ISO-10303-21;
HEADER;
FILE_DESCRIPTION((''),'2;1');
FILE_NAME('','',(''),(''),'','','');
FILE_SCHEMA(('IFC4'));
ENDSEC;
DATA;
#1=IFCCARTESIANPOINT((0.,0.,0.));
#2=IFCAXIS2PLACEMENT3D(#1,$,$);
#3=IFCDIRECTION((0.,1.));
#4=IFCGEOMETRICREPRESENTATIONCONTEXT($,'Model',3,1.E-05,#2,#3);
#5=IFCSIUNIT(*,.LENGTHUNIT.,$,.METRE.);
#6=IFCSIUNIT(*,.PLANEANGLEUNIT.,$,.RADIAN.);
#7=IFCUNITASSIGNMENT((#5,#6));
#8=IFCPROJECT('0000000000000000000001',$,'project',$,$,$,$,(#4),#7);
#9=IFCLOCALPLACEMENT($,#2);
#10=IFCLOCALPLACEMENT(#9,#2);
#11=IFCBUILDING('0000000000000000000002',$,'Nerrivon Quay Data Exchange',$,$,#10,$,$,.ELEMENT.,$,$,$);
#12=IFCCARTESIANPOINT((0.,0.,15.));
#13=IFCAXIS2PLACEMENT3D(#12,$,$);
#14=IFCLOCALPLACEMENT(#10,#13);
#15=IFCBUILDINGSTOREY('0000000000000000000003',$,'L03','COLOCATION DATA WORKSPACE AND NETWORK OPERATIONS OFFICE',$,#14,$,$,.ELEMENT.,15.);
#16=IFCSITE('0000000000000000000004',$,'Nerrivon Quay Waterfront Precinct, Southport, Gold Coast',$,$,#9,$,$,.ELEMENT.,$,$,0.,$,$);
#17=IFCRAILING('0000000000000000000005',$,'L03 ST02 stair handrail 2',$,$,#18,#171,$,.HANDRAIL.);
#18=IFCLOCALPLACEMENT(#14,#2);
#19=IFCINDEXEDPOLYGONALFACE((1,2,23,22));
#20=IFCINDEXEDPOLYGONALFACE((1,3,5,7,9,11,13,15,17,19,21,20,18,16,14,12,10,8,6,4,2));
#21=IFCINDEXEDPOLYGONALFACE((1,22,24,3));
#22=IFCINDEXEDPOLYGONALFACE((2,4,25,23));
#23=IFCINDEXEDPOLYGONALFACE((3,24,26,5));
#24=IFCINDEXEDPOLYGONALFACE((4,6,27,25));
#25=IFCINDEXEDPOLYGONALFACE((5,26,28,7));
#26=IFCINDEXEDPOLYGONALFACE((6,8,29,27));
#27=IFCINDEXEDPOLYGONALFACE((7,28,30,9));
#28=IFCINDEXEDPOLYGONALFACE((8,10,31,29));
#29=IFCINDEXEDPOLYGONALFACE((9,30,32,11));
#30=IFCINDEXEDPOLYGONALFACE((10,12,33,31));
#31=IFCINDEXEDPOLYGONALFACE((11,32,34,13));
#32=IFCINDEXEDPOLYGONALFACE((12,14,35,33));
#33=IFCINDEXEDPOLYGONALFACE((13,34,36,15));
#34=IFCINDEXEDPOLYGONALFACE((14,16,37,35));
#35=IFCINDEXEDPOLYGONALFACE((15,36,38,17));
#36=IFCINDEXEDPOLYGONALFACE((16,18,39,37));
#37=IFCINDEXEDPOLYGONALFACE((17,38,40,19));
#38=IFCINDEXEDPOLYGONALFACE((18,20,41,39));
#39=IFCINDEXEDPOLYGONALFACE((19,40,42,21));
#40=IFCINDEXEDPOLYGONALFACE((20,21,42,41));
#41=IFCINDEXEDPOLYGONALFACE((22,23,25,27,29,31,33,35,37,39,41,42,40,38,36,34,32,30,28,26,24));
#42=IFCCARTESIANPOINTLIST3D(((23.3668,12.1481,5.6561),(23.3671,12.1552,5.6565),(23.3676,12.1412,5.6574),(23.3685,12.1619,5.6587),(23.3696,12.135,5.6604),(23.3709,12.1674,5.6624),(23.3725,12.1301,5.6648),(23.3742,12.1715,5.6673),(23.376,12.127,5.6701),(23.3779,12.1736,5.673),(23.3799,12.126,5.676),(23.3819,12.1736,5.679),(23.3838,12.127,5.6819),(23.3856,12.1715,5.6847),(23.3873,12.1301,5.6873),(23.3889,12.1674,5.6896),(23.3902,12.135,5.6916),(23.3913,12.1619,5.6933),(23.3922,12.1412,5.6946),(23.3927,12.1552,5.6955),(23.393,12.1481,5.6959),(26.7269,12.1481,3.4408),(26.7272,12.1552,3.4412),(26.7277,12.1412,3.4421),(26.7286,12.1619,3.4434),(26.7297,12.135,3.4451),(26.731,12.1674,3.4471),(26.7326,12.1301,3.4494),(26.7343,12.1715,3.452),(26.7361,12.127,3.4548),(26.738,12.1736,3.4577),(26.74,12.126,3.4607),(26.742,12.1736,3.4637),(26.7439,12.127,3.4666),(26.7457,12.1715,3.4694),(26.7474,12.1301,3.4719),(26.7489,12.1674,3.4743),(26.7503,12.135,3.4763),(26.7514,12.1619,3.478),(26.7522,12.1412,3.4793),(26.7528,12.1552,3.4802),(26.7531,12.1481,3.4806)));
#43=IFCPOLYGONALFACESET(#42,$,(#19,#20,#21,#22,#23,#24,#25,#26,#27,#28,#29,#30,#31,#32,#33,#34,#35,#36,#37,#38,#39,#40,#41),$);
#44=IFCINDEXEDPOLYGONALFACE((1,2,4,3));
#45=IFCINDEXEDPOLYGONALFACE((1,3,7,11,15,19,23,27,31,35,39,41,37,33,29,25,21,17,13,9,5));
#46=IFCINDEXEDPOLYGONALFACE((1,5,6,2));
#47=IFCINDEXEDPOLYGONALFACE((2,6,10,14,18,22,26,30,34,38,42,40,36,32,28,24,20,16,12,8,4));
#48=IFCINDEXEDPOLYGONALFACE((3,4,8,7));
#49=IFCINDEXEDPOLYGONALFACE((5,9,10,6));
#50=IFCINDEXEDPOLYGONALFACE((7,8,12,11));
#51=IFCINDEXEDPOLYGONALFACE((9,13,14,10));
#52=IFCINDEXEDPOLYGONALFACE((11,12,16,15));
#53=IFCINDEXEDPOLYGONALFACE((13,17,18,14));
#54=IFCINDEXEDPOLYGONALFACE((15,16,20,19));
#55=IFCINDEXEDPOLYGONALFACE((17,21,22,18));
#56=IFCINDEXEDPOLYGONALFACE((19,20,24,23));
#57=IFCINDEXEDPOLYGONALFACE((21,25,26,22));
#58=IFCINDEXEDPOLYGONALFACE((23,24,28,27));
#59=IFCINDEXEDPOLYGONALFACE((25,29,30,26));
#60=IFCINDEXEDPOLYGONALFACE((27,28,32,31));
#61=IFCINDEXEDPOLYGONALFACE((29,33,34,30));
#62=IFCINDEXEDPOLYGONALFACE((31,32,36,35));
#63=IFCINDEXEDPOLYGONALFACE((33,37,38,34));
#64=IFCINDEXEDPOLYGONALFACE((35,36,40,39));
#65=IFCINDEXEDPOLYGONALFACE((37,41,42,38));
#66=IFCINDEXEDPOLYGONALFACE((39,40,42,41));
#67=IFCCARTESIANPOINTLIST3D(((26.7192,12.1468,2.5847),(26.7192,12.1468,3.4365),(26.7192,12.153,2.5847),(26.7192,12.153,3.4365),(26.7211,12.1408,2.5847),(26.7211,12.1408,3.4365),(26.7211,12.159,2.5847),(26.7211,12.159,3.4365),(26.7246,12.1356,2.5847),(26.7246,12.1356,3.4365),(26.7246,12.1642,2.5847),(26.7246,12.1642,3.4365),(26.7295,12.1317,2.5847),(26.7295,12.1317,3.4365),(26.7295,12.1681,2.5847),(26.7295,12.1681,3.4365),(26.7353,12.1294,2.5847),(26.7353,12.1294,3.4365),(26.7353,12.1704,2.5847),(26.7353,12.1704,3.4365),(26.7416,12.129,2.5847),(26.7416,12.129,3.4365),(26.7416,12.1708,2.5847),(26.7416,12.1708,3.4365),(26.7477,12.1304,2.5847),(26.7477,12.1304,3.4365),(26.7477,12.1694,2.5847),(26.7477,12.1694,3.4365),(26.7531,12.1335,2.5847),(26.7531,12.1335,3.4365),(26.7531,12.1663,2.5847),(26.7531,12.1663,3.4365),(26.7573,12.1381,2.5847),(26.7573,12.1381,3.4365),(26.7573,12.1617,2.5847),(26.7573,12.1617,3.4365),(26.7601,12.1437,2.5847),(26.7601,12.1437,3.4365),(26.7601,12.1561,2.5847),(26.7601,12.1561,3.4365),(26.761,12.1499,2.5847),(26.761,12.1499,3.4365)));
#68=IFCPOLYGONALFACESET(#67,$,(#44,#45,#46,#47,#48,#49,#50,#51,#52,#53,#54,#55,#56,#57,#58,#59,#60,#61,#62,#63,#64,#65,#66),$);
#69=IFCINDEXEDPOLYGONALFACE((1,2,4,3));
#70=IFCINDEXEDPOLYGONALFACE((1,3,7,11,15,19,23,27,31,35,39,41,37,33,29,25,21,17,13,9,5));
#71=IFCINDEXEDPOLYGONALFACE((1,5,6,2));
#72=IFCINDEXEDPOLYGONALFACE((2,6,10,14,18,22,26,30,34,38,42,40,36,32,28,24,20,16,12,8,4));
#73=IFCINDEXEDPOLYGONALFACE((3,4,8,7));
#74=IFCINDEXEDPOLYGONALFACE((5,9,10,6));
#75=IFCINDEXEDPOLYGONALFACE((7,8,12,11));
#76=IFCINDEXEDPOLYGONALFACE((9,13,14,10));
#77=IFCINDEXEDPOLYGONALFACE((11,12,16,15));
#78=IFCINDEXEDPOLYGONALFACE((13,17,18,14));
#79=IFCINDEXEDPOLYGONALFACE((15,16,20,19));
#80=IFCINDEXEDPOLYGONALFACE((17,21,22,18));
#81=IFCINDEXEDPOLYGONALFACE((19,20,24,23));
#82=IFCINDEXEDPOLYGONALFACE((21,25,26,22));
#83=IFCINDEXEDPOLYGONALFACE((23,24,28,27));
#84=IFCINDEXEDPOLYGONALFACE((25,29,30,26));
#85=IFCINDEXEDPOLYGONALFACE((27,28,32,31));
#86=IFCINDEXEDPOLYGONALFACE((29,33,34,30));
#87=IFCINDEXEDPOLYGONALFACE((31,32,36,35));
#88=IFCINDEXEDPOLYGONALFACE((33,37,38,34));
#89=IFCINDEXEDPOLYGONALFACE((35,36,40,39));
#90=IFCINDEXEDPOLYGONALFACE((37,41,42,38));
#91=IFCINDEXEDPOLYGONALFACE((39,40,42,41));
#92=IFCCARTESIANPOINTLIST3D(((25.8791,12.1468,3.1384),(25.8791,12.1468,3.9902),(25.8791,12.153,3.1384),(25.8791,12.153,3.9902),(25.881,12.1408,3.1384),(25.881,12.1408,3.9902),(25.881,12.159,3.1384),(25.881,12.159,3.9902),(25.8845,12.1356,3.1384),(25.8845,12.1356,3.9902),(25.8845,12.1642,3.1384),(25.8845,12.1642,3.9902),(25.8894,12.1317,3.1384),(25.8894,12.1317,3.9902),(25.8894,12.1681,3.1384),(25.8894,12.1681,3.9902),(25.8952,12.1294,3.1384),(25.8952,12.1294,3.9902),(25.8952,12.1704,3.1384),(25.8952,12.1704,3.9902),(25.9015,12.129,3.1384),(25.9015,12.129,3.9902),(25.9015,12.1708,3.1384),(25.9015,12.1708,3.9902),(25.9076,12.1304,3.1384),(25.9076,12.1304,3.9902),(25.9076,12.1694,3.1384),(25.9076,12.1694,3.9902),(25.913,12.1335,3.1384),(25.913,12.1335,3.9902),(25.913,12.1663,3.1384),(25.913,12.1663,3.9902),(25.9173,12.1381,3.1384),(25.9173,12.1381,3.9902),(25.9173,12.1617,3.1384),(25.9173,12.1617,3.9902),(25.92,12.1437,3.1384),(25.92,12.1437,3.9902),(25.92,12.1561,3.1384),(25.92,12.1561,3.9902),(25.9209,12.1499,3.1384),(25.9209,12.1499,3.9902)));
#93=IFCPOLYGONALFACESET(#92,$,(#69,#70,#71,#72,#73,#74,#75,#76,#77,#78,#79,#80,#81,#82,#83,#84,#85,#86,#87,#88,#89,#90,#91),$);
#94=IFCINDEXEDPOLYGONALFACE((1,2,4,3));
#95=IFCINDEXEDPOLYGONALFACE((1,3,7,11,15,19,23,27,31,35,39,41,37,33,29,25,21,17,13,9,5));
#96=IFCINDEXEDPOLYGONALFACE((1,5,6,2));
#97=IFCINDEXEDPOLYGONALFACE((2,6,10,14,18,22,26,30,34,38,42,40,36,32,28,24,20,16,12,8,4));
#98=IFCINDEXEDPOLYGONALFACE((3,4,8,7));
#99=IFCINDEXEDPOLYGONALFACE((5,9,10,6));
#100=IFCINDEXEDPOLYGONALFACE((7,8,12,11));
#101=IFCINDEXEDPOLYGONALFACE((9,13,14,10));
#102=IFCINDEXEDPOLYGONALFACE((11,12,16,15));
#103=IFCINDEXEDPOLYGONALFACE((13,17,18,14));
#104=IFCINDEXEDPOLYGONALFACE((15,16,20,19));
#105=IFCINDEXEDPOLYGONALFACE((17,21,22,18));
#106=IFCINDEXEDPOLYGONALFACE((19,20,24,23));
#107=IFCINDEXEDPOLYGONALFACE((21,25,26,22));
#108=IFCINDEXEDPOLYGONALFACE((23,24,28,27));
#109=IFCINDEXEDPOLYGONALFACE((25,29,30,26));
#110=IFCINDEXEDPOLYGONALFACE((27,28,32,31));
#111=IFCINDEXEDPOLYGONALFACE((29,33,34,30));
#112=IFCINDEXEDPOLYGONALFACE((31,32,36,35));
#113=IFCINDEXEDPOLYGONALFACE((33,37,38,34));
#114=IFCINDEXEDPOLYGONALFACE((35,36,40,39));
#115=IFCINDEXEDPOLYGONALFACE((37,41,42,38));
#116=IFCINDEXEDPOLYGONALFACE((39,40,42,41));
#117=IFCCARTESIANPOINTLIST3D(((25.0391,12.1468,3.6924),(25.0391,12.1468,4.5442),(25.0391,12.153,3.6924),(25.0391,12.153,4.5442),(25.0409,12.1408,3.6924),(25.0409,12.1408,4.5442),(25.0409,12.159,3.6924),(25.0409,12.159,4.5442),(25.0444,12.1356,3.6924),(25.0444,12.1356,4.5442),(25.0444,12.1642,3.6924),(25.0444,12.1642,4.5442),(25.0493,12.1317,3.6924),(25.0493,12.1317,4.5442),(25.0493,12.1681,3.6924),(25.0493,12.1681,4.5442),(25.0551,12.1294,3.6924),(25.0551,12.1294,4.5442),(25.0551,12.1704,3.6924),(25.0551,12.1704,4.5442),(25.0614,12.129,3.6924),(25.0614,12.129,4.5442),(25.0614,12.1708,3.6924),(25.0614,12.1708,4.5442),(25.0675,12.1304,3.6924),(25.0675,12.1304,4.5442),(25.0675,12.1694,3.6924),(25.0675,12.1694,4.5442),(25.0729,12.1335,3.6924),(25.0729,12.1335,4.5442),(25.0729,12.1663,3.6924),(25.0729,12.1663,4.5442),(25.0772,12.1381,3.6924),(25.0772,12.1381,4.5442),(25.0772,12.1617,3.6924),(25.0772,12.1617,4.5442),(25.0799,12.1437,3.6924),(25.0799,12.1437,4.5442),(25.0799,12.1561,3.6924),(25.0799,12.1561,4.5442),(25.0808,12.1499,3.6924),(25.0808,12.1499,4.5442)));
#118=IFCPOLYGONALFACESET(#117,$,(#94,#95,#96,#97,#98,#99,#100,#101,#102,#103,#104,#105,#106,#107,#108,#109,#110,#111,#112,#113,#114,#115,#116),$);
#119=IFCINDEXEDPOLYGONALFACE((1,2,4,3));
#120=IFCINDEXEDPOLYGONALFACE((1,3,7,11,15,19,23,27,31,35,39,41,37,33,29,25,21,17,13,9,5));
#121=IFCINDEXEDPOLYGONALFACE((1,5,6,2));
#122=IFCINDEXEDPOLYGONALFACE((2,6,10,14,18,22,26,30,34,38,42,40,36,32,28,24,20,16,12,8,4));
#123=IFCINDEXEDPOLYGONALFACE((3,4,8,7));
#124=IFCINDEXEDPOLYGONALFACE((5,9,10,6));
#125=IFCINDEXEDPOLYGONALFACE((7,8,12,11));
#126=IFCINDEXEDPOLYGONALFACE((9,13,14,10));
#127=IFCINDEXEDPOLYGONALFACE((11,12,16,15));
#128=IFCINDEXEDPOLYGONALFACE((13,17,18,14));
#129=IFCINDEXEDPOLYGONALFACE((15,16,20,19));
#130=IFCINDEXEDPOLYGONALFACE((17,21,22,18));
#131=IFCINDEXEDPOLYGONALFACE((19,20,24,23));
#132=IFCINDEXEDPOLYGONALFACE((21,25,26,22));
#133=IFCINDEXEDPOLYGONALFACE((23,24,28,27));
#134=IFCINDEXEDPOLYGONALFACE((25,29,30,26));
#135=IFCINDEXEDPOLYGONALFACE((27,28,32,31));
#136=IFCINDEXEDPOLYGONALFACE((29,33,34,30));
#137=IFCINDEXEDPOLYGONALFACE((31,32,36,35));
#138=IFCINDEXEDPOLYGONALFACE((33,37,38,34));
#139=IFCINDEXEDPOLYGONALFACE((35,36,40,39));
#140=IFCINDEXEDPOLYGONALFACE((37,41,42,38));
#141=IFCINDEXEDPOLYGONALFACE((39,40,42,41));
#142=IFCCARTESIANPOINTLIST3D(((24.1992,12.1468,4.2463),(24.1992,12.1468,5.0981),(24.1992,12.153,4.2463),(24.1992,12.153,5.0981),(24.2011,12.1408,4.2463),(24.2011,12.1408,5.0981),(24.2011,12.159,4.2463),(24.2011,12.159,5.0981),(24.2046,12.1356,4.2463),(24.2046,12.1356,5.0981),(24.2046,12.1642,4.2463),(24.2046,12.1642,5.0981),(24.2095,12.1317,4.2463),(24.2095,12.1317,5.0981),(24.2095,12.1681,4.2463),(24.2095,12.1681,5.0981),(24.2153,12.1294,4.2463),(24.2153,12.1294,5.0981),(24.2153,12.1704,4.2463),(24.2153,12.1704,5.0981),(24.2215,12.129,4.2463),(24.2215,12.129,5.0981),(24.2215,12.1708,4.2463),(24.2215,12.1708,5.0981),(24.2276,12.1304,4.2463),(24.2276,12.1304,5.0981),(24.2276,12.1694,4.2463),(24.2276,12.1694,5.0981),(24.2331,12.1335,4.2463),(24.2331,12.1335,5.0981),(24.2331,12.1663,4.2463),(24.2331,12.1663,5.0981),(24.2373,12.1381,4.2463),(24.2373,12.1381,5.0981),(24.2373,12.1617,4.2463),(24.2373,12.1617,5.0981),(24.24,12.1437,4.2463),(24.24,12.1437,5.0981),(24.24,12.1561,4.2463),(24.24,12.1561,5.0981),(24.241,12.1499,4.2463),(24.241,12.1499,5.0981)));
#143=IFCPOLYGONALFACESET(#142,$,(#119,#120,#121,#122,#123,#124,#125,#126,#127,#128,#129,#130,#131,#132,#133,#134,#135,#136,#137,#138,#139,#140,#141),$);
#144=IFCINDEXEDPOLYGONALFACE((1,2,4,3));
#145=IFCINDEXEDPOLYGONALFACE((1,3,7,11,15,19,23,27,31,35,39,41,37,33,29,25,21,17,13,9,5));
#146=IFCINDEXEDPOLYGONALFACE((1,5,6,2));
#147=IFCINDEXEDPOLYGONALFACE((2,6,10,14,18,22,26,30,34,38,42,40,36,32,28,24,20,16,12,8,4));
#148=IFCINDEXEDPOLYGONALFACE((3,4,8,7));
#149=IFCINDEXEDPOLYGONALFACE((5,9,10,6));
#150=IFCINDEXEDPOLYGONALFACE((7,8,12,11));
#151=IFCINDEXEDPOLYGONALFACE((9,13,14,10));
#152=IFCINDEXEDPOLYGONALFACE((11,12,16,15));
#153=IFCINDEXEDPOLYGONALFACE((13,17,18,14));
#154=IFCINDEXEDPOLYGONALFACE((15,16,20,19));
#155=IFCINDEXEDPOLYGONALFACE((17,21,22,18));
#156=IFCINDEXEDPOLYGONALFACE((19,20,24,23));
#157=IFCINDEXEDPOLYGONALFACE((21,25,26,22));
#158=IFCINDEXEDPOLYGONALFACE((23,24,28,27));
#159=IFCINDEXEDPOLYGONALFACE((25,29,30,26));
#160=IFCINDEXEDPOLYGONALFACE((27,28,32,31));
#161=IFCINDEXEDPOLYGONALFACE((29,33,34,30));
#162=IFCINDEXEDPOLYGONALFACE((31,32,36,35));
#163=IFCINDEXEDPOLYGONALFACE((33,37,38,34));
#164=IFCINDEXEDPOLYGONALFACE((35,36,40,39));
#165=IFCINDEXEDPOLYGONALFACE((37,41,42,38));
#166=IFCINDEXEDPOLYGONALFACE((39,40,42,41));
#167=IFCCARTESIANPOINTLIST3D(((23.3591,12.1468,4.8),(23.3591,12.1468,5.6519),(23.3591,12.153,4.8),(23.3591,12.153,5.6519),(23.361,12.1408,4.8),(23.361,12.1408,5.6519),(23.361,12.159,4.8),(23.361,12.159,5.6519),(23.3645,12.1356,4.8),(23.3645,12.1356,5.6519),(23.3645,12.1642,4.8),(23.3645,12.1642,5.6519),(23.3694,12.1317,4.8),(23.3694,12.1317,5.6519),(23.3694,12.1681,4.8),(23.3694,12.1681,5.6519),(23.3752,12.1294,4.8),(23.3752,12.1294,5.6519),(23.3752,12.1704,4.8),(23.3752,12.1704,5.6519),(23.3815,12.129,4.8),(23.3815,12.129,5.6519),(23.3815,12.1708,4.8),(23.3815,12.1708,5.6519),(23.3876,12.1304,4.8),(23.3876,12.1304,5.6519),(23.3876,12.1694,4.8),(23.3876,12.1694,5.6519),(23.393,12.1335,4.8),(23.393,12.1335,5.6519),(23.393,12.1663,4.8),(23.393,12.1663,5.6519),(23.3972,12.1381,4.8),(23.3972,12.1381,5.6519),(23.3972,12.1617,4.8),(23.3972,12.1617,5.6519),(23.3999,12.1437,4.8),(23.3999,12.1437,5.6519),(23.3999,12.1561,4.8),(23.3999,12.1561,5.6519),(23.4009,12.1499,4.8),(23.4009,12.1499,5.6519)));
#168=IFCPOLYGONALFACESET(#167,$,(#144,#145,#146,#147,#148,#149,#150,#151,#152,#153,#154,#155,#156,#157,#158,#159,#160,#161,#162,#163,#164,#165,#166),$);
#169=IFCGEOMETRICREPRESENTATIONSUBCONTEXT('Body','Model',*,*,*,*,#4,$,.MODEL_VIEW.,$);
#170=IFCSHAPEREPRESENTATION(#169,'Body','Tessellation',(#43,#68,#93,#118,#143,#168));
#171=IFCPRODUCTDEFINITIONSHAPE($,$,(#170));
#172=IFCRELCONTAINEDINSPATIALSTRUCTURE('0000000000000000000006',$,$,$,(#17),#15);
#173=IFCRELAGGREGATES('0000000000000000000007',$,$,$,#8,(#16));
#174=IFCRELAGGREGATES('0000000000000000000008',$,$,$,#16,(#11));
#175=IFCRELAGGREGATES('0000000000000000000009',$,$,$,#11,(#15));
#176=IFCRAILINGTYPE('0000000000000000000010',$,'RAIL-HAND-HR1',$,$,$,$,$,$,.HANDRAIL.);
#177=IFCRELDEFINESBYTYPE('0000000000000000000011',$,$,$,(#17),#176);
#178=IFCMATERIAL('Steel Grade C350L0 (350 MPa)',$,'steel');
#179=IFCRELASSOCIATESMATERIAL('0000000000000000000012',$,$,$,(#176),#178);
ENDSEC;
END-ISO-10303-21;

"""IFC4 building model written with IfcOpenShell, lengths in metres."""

from ifc_helpers import new_model, si_unit, direction, frame, origin, origin_2d, place, context, subcontext, project, spatial, circle, extrude, material, type_object, element, save


model = new_model("IFC4")

# Units and contexts
model_context = context("Model", 3, precision=1e-05, world=origin(), true_north=direction((0.0, 1.0)))
body_context = subcontext(model_context, "Body", "Model", "MODEL_VIEW")
ifc_project = project(units=[si_unit("LENGTHUNIT", "METRE"), si_unit("PLANEANGLEUNIT", "RADIAN")], contexts=[model_context])

# Site, building, storey
site_placement = place(None, origin())
site = spatial("IfcSite", under=ifc_project, at=site_placement, Name="Nerrivon Quay Waterfront Precinct, Southport, Gold Coast", CompositionType="ELEMENT", RefElevation=0.0)
building_placement = place(site_placement, origin())
building = spatial("IfcBuilding", under=site, at=building_placement, Name="Nerrivon Quay Data Exchange", CompositionType="ELEMENT")
storey_placement = place(building_placement, frame((0.0, 0.0, 15.0)))
storey = spatial("IfcBuildingStorey", under=building, at=storey_placement, Name="L03", Description="COLOCATION DATA WORKSPACE AND NETWORK OPERATIONS OFFICE", CompositionType="ELEMENT", Elevation=15.0)

# Railing
ifc_material_1 = material(Name="Steel Grade C350L0 (350 MPa)", Category="steel")
railing_type_1 = type_object("IfcRailingType", Name="RAIL-HAND-HR1", PredefinedType="HANDRAIL", material=ifc_material_1)
railing_1_placement = place(storey_placement, frame((26.74, 12.1499, 2.5847)))
element("IfcRailing", 1, at=railing_1_placement, inside=storey, type_object=railing_type_1, Name="L03 ST02 stair handrail 2", PredefinedType="HANDRAIL", context=body_context, shape_type="SweptSolid", body=[
    extrude(circle(Radius=0.0239, at=origin_2d()), frame((0.0, 0.0, 0.876), z_axis=(-0.834876, 0.0, 0.550437), x_axis=(0.0, -1.0, 0.0)), (0.0, 0.0, 1.0), 4.0247),
    extrude(circle(Radius=0.021, at=origin_2d()), origin(), (0.0, 0.0, 1.0), 0.8518),
    extrude(circle(Radius=0.021, at=origin_2d()), frame((-0.8401, 0.0, 0.5537)), (0.0, 0.0, 1.0), 0.8518),
    extrude(circle(Radius=0.021, at=origin_2d()), frame((-1.6802, 0.0, 1.1077)), (0.0, 0.0, 1.0), 0.8518),
    extrude(circle(Radius=0.021, at=origin_2d()), frame((-2.52, 0.0, 1.6616)), (0.0, 0.0, 1.0), 0.8518),
    extrude(circle(Radius=0.021, at=origin_2d()), frame((-3.3601, 0.0, 2.2153)), (0.0, 0.0, 1.0), 0.8518),
])

save(model, "model.ifc")
